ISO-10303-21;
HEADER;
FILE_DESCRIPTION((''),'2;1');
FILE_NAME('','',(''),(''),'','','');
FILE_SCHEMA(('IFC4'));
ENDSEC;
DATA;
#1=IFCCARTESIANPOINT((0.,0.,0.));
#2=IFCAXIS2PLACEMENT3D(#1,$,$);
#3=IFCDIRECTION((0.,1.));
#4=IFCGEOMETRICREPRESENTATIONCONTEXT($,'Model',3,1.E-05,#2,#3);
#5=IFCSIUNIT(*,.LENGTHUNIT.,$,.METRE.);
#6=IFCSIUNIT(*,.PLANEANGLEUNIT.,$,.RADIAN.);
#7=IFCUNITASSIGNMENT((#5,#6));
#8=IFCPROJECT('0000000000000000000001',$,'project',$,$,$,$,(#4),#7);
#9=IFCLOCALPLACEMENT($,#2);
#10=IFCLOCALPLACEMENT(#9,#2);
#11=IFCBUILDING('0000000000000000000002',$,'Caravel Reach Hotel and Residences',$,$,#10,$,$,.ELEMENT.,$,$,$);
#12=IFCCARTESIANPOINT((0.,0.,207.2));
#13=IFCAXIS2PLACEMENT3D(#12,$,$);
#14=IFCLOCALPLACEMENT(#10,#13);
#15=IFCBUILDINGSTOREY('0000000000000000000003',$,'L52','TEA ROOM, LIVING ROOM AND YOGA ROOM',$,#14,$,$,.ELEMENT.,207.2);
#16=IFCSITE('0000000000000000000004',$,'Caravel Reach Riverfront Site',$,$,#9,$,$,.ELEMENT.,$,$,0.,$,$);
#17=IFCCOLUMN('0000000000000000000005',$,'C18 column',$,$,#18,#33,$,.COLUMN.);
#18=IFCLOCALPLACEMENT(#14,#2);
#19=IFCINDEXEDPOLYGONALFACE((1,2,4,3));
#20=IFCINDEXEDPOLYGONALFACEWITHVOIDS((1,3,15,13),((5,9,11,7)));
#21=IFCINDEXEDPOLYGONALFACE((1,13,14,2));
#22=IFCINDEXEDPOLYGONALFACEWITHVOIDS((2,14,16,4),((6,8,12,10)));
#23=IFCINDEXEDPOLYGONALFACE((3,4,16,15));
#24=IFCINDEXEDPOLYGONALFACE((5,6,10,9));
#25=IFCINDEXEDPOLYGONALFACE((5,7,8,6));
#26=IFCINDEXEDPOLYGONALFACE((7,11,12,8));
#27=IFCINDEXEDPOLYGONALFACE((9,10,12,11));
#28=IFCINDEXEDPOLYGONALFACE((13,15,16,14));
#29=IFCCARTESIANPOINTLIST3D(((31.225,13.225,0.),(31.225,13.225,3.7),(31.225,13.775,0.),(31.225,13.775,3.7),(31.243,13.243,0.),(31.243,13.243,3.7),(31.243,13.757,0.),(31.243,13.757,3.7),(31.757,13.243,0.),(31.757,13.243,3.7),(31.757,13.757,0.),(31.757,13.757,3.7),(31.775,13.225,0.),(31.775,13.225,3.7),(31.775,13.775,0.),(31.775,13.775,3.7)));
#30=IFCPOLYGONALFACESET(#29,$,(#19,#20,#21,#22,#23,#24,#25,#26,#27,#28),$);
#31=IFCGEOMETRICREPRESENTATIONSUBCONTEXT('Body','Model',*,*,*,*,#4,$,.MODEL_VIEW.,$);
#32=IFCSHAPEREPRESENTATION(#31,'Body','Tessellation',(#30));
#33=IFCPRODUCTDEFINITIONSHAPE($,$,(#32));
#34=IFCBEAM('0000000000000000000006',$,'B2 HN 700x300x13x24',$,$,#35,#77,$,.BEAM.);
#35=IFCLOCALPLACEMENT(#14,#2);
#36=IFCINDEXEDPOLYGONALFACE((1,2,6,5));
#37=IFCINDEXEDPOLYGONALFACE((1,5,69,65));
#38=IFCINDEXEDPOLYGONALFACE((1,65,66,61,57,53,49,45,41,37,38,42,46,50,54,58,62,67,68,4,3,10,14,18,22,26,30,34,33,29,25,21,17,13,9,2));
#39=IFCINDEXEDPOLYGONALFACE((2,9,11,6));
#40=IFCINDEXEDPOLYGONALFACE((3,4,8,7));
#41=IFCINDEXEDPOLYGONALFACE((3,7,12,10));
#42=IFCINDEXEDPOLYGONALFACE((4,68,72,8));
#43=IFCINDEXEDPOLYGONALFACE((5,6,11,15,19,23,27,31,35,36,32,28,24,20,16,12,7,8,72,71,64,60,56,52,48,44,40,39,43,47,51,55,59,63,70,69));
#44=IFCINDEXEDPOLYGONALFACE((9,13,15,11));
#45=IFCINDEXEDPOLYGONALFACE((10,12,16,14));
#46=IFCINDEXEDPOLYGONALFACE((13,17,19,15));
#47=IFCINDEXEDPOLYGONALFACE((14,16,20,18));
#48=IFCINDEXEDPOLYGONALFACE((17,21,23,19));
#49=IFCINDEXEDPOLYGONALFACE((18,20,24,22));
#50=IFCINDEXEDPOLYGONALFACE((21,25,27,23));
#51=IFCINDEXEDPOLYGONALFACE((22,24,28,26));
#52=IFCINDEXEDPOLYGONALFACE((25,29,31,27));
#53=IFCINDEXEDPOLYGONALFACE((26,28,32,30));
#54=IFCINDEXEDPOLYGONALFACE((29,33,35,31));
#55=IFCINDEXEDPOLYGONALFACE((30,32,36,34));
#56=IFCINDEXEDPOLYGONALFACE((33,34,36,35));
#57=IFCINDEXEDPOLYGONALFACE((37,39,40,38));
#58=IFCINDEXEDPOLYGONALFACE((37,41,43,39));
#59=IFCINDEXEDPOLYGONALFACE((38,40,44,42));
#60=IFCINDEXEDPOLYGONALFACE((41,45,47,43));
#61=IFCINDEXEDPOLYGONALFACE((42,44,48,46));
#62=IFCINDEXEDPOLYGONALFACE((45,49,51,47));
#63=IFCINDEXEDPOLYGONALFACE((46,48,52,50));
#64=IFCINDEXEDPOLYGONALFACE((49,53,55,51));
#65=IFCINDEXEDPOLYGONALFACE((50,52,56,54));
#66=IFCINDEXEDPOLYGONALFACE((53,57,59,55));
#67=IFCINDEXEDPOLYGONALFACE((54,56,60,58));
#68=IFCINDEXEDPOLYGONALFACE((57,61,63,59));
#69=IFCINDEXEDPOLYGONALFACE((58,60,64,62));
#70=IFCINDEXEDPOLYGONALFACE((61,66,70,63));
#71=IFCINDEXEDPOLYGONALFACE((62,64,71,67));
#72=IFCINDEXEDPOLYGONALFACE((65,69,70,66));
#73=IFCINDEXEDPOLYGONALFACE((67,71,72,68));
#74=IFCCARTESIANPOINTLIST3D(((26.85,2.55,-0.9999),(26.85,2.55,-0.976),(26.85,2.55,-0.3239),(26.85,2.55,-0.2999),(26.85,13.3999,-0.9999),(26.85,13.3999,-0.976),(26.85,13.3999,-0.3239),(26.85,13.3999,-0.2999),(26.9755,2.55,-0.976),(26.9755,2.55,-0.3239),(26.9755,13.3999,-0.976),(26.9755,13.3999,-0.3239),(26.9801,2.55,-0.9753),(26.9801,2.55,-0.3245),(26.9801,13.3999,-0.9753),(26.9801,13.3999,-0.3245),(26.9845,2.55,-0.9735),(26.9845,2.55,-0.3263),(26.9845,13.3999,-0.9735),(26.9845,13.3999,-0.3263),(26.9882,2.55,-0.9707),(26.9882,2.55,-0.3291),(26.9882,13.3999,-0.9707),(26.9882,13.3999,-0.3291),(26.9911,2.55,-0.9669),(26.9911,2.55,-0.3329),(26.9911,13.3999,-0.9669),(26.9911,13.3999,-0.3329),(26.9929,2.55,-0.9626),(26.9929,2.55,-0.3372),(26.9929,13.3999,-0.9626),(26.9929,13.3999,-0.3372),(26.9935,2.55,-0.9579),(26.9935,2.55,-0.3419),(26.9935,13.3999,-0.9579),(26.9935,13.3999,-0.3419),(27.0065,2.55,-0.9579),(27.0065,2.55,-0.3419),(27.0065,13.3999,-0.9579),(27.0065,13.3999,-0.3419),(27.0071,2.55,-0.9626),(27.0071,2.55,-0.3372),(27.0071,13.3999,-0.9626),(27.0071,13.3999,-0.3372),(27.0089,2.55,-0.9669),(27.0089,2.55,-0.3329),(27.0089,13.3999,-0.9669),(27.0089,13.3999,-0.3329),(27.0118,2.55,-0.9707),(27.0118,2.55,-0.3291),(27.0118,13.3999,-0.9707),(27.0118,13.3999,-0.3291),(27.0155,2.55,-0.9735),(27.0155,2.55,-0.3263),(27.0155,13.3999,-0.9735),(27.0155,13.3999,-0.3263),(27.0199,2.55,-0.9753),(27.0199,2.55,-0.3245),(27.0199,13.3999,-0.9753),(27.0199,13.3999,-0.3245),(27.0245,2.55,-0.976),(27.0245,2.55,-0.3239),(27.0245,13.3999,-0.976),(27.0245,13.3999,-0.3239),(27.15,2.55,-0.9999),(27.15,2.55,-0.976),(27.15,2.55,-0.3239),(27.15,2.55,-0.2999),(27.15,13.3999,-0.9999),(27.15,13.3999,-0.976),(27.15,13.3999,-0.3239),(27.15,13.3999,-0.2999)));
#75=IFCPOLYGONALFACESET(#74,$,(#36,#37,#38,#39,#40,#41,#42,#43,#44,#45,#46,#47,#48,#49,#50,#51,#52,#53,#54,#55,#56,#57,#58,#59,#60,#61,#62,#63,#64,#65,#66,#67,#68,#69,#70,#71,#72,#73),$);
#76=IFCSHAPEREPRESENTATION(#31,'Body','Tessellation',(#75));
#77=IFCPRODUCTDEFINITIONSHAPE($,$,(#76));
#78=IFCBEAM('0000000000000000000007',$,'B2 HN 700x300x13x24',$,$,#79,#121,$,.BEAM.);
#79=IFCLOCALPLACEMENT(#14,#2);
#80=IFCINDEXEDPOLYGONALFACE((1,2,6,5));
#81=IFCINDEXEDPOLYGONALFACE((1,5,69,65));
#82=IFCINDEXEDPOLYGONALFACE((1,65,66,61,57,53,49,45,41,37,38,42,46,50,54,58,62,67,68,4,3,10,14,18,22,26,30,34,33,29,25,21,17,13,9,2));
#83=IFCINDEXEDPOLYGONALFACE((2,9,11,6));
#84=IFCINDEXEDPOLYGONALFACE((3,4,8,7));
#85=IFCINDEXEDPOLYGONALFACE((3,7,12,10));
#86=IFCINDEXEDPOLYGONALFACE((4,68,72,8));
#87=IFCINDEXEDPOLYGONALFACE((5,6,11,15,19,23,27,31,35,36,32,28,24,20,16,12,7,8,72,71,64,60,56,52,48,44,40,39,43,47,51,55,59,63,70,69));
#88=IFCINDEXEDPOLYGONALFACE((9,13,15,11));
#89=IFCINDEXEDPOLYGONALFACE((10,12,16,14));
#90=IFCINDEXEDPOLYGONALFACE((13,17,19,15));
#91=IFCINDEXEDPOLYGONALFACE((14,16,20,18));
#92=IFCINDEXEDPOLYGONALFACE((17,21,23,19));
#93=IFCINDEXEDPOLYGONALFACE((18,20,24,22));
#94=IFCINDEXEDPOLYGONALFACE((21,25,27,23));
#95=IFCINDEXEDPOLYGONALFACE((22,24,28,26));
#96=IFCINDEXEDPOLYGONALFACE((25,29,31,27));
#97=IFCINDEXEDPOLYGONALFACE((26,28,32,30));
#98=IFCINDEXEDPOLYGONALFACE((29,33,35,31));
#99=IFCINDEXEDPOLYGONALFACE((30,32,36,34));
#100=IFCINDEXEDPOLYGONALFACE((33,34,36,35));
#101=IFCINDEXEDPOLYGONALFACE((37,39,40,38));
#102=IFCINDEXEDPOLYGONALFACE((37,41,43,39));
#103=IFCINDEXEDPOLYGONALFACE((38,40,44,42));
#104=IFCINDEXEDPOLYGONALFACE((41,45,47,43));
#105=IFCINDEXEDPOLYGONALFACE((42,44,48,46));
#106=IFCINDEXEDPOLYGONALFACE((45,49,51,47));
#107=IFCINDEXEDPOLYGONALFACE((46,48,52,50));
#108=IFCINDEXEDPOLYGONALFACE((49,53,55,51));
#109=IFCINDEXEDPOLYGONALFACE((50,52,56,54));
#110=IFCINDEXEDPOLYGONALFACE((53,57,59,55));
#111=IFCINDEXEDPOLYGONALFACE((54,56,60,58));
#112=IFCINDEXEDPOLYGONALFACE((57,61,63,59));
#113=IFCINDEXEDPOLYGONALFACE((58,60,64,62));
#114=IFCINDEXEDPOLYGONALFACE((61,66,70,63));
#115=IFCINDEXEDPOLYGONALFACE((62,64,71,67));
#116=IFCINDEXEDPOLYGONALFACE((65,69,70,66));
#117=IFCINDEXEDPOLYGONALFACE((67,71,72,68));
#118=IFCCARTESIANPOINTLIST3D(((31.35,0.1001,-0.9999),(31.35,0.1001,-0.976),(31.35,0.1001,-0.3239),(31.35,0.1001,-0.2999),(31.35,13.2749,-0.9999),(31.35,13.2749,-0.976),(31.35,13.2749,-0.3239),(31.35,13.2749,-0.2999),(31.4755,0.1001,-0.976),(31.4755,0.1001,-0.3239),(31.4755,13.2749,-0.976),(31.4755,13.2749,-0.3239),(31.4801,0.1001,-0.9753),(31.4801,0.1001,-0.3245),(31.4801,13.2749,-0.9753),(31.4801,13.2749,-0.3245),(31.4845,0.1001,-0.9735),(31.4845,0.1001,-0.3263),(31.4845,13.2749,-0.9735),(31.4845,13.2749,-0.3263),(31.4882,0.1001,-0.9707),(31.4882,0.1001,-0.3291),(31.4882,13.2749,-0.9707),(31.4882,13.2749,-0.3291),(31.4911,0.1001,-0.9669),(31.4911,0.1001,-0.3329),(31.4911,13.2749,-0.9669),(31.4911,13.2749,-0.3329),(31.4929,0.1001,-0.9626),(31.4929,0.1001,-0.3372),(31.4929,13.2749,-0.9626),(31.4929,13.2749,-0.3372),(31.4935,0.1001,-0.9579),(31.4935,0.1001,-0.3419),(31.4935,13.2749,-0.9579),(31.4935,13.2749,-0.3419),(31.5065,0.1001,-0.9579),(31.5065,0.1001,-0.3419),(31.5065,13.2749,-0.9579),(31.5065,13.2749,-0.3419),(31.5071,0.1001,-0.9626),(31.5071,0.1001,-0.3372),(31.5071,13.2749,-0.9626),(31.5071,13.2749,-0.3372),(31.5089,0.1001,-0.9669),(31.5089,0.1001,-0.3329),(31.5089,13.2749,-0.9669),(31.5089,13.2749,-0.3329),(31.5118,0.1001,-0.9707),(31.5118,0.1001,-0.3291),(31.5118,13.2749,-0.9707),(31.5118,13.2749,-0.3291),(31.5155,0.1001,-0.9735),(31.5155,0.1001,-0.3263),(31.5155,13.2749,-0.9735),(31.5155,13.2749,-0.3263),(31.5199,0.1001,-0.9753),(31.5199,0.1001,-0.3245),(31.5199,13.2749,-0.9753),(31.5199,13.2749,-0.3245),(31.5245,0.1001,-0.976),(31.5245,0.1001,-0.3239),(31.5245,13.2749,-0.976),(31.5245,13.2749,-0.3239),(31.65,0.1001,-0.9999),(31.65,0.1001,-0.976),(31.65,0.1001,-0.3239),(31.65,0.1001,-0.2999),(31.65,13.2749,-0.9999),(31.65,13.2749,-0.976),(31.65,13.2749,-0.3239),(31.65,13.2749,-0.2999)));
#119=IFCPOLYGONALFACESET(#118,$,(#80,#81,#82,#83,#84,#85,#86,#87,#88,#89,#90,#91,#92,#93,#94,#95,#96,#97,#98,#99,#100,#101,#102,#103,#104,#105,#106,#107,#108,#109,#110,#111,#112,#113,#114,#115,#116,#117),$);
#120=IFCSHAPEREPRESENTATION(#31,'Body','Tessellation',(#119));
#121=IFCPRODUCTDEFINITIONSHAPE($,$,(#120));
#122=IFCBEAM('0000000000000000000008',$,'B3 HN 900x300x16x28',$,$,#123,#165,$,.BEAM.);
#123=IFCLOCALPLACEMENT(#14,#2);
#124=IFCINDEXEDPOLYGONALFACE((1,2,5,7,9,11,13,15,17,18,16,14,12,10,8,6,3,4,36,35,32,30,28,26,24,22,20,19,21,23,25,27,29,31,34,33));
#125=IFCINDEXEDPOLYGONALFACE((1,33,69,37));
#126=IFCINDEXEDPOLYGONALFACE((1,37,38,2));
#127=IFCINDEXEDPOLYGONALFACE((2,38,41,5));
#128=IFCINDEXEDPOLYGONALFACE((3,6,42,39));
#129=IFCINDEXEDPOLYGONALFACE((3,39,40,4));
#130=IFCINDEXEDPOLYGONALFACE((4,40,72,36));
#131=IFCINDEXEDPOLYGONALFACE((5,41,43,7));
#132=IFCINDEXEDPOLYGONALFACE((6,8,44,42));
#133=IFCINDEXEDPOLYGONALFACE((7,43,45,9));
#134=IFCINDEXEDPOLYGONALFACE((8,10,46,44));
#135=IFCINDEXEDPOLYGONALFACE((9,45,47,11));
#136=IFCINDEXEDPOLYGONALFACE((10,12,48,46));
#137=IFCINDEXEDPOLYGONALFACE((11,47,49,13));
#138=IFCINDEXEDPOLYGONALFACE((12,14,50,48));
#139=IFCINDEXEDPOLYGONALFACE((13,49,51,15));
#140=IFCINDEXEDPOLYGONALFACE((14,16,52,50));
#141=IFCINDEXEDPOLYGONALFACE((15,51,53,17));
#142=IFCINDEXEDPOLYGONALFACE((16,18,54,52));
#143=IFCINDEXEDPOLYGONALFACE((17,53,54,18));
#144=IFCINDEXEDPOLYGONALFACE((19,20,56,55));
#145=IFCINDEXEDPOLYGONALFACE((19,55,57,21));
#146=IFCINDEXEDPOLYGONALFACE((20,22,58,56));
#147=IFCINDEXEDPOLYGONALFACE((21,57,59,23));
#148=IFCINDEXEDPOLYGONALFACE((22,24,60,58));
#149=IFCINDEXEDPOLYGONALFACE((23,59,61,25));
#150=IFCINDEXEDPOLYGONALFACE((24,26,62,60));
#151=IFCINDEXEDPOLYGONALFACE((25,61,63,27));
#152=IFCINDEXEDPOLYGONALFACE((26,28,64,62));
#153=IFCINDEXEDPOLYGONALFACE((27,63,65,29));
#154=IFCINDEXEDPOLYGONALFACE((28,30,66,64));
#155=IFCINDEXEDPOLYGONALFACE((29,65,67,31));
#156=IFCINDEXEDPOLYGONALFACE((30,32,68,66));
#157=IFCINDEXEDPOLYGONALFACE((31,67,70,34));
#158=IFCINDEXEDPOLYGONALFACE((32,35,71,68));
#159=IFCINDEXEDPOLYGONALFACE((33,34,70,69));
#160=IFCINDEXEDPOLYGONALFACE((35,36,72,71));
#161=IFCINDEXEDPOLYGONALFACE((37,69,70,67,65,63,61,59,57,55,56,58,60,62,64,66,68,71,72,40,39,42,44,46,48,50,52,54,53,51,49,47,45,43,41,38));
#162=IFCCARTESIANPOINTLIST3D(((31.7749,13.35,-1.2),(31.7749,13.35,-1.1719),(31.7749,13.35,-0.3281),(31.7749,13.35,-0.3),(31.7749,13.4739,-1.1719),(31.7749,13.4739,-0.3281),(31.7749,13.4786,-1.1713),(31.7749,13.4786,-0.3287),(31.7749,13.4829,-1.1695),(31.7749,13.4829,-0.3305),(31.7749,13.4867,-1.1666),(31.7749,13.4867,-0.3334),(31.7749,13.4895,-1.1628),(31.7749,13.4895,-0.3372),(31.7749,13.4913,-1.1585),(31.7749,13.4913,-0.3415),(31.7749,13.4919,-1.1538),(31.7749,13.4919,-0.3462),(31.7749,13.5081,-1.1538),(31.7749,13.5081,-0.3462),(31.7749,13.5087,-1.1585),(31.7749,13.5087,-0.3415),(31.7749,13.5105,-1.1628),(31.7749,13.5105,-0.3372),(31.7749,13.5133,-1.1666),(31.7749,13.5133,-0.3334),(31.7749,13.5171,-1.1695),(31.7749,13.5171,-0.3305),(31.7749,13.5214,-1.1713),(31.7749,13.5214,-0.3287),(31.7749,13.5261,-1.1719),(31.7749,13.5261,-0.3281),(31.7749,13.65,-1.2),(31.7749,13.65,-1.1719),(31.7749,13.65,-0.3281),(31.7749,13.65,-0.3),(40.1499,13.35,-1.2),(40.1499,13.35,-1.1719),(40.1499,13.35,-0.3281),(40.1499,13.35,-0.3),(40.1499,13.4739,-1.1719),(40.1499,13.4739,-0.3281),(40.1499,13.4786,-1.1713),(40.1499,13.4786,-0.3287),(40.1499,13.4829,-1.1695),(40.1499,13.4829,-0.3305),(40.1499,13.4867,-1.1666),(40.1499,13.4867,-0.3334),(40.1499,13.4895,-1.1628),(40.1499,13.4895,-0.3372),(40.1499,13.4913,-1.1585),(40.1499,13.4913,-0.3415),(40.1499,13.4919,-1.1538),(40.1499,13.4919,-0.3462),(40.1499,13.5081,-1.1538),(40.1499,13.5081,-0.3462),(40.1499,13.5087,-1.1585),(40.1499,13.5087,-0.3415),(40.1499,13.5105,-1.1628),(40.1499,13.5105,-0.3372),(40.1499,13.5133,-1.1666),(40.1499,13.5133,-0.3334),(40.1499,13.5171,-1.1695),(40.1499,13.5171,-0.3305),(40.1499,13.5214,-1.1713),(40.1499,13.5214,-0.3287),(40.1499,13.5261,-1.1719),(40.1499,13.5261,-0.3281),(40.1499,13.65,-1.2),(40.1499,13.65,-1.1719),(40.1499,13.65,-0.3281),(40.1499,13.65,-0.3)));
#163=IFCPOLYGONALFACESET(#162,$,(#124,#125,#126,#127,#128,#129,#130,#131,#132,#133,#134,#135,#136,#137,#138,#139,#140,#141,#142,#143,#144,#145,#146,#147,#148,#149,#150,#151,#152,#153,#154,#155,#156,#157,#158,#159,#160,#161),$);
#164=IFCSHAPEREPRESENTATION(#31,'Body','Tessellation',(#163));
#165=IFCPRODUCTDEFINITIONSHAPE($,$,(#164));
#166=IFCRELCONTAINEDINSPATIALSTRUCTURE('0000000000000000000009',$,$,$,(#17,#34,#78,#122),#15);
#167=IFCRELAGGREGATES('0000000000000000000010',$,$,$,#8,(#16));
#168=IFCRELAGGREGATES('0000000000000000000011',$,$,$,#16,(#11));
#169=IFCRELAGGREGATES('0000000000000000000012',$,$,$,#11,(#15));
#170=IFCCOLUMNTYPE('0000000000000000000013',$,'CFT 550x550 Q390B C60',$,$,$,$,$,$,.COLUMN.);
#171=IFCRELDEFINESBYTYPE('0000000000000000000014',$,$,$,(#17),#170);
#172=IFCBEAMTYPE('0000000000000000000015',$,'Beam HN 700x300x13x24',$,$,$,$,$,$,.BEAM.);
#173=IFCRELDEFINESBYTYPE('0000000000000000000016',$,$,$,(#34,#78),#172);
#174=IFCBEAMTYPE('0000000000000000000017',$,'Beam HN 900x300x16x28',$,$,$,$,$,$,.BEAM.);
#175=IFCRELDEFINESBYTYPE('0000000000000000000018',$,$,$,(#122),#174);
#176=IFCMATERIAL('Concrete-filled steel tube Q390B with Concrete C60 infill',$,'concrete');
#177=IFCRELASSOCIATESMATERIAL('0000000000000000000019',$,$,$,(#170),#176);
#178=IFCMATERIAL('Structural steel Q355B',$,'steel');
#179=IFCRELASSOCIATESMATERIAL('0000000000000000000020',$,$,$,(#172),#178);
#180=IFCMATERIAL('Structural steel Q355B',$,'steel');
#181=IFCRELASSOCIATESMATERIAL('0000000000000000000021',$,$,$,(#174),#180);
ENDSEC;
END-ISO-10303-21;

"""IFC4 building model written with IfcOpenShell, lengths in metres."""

from ifc_helpers import new_model, si_unit, direction, frame, origin, origin_2d, place, context, subcontext, project, spatial, hollow_rectangle, i_section, extrude, material, material_profile, profile_set, type_object, element, save


model = new_model("IFC4")

# Units and contexts
model_context = context("Model", 3, precision=1e-05, world=origin(), true_north=direction((0.0, 1.0)))
body_context = subcontext(model_context, "Body", "Model", "MODEL_VIEW")
ifc_project = project(units=[si_unit("LENGTHUNIT", "METRE"), si_unit("PLANEANGLEUNIT", "RADIAN")], contexts=[model_context])

# Site, building, storey
site_placement = place(None, origin())
site = spatial("IfcSite", under=ifc_project, at=site_placement, Name="Caravel Reach Riverfront Site", CompositionType="ELEMENT", RefElevation=0.0)
building_placement = place(site_placement, origin())
building = spatial("IfcBuilding", under=site, at=building_placement, Name="Caravel Reach Hotel and Residences", CompositionType="ELEMENT")
storey_placement = place(building_placement, frame((0.0, 0.0, 207.2)))
storey = spatial("IfcBuildingStorey", under=building, at=storey_placement, Name="L52", Description="TEA ROOM, LIVING ROOM AND YOGA ROOM", CompositionType="ELEMENT", Elevation=207.2)

# Column
ifc_material_1 = material(Name="Concrete-filled steel tube Q390B with Concrete C60 infill", Category="concrete")
ifc_material_profile_1 = material_profile(ifc_material_1, hollow_rectangle(XDim=0.55, YDim=0.55, WallThickness=0.0181, at=origin_2d()), Name="RHS 550x550x18")
ifc_profile_set_1 = profile_set([ifc_material_profile_1], Name="Concrete-filled steel tube Q390B with Concrete C60 infill")
column_type = type_object("IfcColumnType", Name="CFT 550x550 Q390B C60", PredefinedType="COLUMN", material=ifc_profile_set_1)
column_placement = place(storey_placement, frame((31.5, 13.5, 0.0), z_axis=(0.0, 0.0, 1.0), x_axis=(1.0, 0.0, 0.0)))
element("IfcColumn", 1, at=column_placement, inside=storey, type_object=column_type, Name="C18 column", PredefinedType="COLUMN", context=body_context, shape_type="SweptSolid", body=[
    extrude(hollow_rectangle(XDim=0.55, YDim=0.55, WallThickness=0.0181, at=origin_2d()), origin(), (0.0, 0.0, 1.0), 3.7),
])

# Beams
ifc_material_2 = material(Name="Structural steel Q355B", Category="steel")
ifc_material_profile_2 = material_profile(ifc_material_2, i_section(OverallWidth=0.3, OverallDepth=0.7, WebThickness=0.0129, FlangeThickness=0.0239, FilletRadius=0.0181, at=origin_2d()), Name="HN 700x300x13x24")
ifc_profile_set_2 = profile_set([ifc_material_profile_2], Name="Structural steel Q355B")
beam_type_1 = type_object("IfcBeamType", Name="Beam HN 700x300x13x24", PredefinedType="BEAM", material=ifc_profile_set_2)
beam_1_placement = place(storey_placement, frame((27.0, 13.3999, -0.6499), z_axis=(0.0, -1.0, 0.0), x_axis=(1.0, 0.0, 0.0)))
element("IfcBeam", 2, at=beam_1_placement, inside=storey, type_object=beam_type_1, Name="B2 HN 700x300x13x24", PredefinedType="BEAM", context=body_context, shape_type="SweptSolid", body=[
    extrude(i_section(OverallWidth=0.3, OverallDepth=0.7, WebThickness=0.0129, FlangeThickness=0.0239, FilletRadius=0.0181, at=origin_2d()), origin(), (0.0, 0.0, 1.0), 10.8499),
])
beam_2_placement = place(storey_placement, frame((31.5, 13.2749, -0.6499), z_axis=(0.0, -1.0, 0.0), x_axis=(1.0, 0.0, 0.0)))
element("IfcBeam", 3, at=beam_2_placement, inside=storey, type_object=beam_type_1, Name="B2 HN 700x300x13x24", PredefinedType="BEAM", context=body_context, shape_type="SweptSolid", body=[
    extrude(i_section(OverallWidth=0.3, OverallDepth=0.7, WebThickness=0.0129, FlangeThickness=0.0239, FilletRadius=0.0181, at=origin_2d()), origin(), (0.0, 0.0, 1.0), 13.1748),
])
ifc_material_3 = material(Name="Structural steel Q355B", Category="steel")
ifc_material_profile_3 = material_profile(ifc_material_3, i_section(OverallWidth=0.3, OverallDepth=0.8999, WebThickness=0.0161, FlangeThickness=0.0281, FilletRadius=0.0181, at=origin_2d()), Name="HN 900x300x16x28")
ifc_profile_set_3 = profile_set([ifc_material_profile_3], Name="Structural steel Q355B")
beam_type_2 = type_object("IfcBeamType", Name="Beam HN 900x300x16x28", PredefinedType="BEAM", material=ifc_profile_set_3)
beam_3_placement = place(storey_placement, frame((31.7749, 13.5, -0.75), z_axis=(1.0, 0.0, 0.0), x_axis=(0.0, 1.0, 0.0)))
element("IfcBeam", 4, at=beam_3_placement, inside=storey, type_object=beam_type_2, Name="B3 HN 900x300x16x28", PredefinedType="BEAM", context=body_context, shape_type="SweptSolid", body=[
    extrude(i_section(OverallWidth=0.3, OverallDepth=0.8999, WebThickness=0.0161, FlangeThickness=0.0281, FilletRadius=0.0181, at=origin_2d()), origin(), (0.0, 0.0, 1.0), 8.375),
])

save(model, "model.ifc")
